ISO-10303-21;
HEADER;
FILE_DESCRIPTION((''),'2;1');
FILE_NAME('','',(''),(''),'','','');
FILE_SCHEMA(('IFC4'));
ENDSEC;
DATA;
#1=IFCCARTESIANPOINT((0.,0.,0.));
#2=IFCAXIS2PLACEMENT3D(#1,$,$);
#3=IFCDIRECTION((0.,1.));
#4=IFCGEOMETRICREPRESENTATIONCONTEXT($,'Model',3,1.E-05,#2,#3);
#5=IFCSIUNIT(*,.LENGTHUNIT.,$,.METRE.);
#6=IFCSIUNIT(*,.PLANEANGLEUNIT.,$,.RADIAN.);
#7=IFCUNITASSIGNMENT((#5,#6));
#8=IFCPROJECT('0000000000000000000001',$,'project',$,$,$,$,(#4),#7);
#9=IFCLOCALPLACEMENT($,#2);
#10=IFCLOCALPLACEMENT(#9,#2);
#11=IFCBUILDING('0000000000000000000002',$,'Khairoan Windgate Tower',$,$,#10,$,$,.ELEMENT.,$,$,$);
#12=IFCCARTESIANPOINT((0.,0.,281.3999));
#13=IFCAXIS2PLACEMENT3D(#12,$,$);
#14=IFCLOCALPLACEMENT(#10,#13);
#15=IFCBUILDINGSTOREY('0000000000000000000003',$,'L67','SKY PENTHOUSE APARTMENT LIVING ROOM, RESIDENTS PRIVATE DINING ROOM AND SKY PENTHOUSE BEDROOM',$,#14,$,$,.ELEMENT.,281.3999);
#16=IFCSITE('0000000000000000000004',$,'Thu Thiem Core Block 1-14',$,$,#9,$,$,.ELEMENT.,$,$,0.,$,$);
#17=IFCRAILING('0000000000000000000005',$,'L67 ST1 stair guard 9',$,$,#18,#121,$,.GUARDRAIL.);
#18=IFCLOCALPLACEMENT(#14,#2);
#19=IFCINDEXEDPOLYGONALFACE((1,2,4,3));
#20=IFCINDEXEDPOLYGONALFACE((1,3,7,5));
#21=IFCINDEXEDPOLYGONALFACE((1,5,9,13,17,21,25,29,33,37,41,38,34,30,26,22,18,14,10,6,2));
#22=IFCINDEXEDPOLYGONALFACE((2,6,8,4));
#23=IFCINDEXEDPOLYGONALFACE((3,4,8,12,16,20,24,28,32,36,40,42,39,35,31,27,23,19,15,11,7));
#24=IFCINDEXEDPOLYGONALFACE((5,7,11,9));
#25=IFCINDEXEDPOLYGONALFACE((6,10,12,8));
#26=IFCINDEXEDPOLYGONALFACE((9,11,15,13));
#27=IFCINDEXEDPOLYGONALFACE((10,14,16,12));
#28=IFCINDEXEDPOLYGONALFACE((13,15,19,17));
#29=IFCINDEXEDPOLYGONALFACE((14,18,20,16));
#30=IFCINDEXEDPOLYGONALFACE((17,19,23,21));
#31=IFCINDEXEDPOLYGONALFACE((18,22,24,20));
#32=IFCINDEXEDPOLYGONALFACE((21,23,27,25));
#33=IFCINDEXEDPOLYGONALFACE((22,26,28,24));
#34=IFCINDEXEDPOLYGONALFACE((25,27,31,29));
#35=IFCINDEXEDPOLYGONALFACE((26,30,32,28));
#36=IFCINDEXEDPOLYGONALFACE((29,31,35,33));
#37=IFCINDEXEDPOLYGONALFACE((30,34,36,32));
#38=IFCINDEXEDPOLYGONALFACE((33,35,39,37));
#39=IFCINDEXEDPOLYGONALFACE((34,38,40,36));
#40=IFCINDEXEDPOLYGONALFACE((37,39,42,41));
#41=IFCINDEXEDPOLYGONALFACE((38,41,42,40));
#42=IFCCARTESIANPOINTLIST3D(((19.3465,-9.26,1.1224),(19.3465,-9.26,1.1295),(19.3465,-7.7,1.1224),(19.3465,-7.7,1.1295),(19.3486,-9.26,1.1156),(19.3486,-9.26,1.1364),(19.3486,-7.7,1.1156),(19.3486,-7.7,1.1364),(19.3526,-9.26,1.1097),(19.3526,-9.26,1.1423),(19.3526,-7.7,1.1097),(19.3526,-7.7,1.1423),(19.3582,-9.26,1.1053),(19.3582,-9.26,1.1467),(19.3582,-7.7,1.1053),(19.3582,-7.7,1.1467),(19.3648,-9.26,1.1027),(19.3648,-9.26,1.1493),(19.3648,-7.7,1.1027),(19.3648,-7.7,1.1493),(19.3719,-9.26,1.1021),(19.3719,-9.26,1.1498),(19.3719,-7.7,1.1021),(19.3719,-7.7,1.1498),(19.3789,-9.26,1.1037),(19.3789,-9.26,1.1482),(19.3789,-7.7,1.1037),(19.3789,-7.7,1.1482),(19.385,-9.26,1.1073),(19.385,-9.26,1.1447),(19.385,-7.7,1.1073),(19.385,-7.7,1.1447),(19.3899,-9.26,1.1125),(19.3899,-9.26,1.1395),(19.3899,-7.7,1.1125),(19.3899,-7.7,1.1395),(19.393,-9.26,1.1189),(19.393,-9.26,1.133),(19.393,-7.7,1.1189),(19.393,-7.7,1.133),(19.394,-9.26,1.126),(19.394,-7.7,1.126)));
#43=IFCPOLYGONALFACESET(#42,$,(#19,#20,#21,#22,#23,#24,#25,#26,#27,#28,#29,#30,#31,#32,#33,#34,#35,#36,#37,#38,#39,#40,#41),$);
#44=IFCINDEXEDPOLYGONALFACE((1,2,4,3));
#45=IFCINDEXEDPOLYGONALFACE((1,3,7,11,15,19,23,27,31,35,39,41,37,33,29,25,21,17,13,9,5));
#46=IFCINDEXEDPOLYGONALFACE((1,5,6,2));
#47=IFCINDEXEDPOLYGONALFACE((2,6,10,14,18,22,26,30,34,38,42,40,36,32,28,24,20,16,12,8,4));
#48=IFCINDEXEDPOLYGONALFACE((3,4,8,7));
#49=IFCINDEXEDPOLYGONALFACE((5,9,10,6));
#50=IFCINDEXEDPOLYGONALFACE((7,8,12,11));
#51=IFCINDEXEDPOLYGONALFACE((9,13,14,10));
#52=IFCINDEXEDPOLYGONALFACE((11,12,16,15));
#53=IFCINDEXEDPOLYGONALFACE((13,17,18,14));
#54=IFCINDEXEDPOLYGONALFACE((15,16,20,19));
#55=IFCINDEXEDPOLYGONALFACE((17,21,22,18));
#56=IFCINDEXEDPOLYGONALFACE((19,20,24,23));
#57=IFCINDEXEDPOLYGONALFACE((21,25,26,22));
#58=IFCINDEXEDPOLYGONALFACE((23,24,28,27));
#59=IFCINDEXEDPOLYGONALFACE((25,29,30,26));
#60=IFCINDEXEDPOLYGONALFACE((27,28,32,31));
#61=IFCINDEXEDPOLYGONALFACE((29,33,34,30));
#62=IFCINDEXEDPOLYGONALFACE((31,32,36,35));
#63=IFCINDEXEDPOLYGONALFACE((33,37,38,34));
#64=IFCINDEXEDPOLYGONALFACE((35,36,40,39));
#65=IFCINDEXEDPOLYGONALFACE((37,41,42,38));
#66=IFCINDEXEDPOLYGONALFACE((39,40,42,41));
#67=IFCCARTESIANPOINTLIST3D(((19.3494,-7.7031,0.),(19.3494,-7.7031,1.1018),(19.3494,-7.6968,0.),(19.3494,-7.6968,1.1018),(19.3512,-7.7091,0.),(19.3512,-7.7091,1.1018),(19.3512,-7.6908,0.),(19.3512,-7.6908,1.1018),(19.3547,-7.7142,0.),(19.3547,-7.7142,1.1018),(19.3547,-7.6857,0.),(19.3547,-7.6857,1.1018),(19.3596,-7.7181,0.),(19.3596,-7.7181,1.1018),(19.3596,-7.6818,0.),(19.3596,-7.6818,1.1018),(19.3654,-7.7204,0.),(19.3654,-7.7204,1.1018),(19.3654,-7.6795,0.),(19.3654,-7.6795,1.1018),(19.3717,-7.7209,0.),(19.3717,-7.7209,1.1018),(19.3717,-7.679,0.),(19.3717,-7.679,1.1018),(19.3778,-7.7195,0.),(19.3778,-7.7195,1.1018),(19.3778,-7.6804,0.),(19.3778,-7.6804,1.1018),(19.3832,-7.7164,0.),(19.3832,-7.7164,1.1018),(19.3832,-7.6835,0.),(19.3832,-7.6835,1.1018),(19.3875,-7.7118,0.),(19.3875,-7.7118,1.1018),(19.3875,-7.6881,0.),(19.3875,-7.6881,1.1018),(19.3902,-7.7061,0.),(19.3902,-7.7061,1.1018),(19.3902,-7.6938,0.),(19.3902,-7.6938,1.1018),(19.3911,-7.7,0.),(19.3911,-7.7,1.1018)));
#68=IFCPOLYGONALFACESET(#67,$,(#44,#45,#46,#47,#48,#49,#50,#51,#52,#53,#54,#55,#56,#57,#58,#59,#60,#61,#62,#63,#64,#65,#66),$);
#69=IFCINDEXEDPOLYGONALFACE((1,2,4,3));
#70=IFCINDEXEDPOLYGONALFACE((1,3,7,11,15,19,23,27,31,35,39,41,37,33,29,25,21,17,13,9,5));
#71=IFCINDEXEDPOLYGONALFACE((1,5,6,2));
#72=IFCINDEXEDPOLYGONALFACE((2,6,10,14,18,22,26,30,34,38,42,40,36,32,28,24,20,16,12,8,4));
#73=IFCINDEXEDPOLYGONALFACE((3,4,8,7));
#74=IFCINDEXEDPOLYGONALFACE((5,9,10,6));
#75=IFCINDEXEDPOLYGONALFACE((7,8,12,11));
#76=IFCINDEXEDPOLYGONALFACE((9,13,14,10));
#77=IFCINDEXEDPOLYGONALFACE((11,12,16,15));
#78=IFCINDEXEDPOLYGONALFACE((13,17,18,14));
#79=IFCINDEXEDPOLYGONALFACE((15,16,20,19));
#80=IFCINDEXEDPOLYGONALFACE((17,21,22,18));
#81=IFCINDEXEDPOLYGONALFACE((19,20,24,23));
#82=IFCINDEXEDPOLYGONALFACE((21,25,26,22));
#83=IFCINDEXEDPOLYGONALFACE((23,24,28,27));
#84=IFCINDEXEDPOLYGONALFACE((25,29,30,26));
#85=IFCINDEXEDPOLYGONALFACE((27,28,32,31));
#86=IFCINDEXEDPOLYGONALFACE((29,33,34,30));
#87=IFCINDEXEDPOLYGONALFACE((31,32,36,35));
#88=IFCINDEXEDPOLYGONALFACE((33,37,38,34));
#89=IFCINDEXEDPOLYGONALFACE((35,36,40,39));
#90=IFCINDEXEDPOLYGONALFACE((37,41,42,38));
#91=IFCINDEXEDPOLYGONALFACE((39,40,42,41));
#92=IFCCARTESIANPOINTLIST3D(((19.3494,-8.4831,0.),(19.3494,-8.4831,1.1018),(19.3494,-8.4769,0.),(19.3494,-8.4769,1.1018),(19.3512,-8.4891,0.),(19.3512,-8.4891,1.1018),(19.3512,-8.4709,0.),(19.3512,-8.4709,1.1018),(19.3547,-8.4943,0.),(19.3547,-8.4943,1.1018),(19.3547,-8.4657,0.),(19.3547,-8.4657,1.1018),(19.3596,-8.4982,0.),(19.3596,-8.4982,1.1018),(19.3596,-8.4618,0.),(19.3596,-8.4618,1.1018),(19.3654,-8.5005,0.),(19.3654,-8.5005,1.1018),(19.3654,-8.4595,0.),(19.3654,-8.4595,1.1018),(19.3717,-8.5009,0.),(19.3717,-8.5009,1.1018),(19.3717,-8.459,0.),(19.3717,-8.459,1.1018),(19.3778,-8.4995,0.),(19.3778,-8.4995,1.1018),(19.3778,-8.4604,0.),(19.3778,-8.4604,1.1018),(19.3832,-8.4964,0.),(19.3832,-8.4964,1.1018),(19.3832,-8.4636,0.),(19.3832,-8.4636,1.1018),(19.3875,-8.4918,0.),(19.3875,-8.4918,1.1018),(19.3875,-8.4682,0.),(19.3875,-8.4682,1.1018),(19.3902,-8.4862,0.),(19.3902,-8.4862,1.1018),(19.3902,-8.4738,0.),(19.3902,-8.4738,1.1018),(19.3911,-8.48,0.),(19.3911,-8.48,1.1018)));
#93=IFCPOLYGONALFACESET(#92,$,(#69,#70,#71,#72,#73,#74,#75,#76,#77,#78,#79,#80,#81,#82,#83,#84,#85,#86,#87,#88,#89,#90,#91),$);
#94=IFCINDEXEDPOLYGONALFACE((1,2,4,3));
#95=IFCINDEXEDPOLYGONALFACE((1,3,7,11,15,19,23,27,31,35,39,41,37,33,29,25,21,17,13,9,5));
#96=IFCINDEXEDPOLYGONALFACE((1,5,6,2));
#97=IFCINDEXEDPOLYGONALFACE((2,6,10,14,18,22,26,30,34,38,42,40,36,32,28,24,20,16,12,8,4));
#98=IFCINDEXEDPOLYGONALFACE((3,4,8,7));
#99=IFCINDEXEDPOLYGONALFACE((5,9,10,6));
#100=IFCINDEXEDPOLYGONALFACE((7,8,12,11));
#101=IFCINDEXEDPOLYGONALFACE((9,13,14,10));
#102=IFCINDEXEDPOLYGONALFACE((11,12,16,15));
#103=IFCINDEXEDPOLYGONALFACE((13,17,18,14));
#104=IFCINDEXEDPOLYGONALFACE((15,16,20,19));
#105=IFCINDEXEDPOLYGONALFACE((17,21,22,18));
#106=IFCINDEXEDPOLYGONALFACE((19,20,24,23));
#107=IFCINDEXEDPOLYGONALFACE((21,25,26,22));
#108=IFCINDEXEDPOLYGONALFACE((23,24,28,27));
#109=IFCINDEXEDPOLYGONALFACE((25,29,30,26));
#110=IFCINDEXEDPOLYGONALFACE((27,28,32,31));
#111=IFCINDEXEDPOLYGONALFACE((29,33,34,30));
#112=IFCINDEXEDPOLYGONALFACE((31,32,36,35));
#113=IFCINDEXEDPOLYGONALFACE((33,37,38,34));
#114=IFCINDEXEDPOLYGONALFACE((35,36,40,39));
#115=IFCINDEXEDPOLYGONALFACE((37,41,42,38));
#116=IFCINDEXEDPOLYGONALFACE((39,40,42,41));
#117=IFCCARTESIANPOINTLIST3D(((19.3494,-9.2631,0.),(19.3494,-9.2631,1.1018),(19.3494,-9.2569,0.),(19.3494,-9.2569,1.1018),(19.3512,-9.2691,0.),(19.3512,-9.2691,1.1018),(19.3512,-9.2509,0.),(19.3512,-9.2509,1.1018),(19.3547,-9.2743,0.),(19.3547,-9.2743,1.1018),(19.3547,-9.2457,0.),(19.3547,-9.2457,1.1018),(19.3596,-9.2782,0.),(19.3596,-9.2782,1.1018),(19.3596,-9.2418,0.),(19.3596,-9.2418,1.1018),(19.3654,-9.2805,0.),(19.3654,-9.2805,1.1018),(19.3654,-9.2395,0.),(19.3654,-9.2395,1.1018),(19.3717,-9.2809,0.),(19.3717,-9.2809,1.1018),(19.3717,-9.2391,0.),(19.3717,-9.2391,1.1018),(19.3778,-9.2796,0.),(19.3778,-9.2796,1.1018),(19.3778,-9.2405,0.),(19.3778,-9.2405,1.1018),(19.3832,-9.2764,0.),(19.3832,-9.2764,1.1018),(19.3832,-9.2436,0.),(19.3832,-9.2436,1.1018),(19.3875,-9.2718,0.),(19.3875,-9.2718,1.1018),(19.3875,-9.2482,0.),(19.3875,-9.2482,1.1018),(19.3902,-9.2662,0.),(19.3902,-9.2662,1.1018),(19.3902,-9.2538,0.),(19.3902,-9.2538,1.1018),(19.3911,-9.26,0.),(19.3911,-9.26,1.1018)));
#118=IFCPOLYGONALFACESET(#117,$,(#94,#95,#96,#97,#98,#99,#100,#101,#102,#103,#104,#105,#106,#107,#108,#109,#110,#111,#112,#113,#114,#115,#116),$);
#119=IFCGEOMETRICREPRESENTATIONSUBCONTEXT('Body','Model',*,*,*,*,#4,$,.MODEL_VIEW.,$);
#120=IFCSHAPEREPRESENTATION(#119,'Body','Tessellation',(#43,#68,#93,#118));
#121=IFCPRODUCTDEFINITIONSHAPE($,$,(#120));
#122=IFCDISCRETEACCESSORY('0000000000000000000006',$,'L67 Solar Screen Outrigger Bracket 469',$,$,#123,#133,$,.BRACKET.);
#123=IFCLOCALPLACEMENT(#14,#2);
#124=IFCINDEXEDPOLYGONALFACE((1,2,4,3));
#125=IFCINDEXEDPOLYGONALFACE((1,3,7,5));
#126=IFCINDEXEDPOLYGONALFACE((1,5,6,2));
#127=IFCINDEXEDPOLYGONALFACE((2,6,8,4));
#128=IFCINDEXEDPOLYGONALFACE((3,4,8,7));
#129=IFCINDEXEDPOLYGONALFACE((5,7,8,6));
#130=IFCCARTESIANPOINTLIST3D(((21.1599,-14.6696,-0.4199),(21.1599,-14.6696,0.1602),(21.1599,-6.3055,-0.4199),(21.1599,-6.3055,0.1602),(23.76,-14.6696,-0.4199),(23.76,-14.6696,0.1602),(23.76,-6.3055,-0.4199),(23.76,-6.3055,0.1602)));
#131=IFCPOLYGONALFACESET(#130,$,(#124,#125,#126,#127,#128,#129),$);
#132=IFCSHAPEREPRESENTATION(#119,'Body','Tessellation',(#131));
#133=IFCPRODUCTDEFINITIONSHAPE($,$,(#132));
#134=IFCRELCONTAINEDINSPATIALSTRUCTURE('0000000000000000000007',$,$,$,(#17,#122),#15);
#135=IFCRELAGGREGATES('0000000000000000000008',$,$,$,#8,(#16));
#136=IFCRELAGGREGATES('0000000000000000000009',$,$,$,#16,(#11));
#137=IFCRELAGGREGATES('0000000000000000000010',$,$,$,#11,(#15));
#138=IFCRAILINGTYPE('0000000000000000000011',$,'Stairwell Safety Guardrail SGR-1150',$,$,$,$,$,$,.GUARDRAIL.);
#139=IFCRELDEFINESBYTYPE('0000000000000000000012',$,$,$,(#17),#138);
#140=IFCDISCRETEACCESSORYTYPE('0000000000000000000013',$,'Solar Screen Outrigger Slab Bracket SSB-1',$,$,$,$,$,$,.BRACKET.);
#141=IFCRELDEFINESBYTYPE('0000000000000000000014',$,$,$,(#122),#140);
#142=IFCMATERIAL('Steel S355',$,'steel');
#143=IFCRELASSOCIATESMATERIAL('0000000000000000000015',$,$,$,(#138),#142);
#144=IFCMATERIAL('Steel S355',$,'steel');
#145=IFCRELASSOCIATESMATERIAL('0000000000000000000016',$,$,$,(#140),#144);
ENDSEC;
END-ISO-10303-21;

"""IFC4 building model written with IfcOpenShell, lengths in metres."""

from ifc_helpers import new_model, si_unit, direction, frame, origin, origin_2d, place, context, subcontext, project, spatial, rectangle, circle, extrude, material, type_object, element, save


model = new_model("IFC4")

# Units and contexts
model_context = context("Model", 3, precision=1e-05, world=origin(), true_north=direction((0.0, 1.0)))
body_context = subcontext(model_context, "Body", "Model", "MODEL_VIEW")
ifc_project = project(units=[si_unit("LENGTHUNIT", "METRE"), si_unit("PLANEANGLEUNIT", "RADIAN")], contexts=[model_context])

# Site, building, storey
site_placement = place(None, origin())
site = spatial("IfcSite", under=ifc_project, at=site_placement, Name="Thu Thiem Core Block 1-14", CompositionType="ELEMENT", RefElevation=0.0)
building_placement = place(site_placement, origin())
building = spatial("IfcBuilding", under=site, at=building_placement, Name="Khairoan Windgate Tower", CompositionType="ELEMENT")
storey_placement = place(building_placement, frame((0.0, 0.0, 281.3999)))
storey = spatial("IfcBuildingStorey", under=building, at=storey_placement, Name="L67", Description="SKY PENTHOUSE APARTMENT LIVING ROOM, RESIDENTS PRIVATE DINING ROOM AND SKY PENTHOUSE BEDROOM", CompositionType="ELEMENT", Elevation=281.3999)

# Railing
ifc_material_1 = material(Name="Steel S355", Category="steel")
railing_type_1 = type_object("IfcRailingType", Name="Stairwell Safety Guardrail SGR-1150", PredefinedType="GUARDRAIL", material=ifc_material_1)
for number, where, name in (
    (1, (19.3701, -7.7, 0.0), "L67 ST1 stair guard 9"),
):
    element("IfcRailing", number, at=place(storey_placement, frame(where)), inside=storey, type_object=railing_type_1, Name=name, PredefinedType="GUARDRAIL", context=body_context, shape_type="SweptSolid", body=[
        extrude(circle(Radius=0.0239, at=origin_2d()), frame((0.0, 0.0, 1.126), z_axis=(0.0, -1.0, 0.0), x_axis=(1.0, 0.0, 0.0)), (0.0, 0.0, 1.0), 1.5601),
        extrude(circle(Radius=0.021, at=origin_2d()), origin(), (0.0, 0.0, 1.0), 1.1018),
        extrude(circle(Radius=0.021, at=origin_2d()), frame((0.0, -0.78, 0.0)), (0.0, 0.0, 1.0), 1.1018),
        extrude(circle(Radius=0.021, at=origin_2d()), frame((0.0, -1.5601, 0.0)), (0.0, 0.0, 1.0), 1.1018),
    ])

# Discrete accessory
ifc_material_2 = material(Name="Steel S355", Category="steel")
discrete_accessory_type = type_object("IfcDiscreteAccessoryType", Name="Solar Screen Outrigger Slab Bracket SSB-1", PredefinedType="BRACKET", material=ifc_material_2)
discrete_accessory_placement = place(storey_placement, frame((22.46, -10.4875, -0.4199), z_axis=(0.0, 0.0, 1.0), x_axis=(0.0, -1.0, 0.0)))
element("IfcDiscreteAccessory", 2, at=discrete_accessory_placement, inside=storey, type_object=discrete_accessory_type, Name="L67 Solar Screen Outrigger Bracket 469", PredefinedType="BRACKET", context=body_context, shape_type="SweptSolid", body=[
    extrude(rectangle(XDim=8.364, YDim=2.6001, at=origin_2d()), origin(), (0.0, 0.0, 1.0), 0.5801),
])

save(model, "model.ifc")
